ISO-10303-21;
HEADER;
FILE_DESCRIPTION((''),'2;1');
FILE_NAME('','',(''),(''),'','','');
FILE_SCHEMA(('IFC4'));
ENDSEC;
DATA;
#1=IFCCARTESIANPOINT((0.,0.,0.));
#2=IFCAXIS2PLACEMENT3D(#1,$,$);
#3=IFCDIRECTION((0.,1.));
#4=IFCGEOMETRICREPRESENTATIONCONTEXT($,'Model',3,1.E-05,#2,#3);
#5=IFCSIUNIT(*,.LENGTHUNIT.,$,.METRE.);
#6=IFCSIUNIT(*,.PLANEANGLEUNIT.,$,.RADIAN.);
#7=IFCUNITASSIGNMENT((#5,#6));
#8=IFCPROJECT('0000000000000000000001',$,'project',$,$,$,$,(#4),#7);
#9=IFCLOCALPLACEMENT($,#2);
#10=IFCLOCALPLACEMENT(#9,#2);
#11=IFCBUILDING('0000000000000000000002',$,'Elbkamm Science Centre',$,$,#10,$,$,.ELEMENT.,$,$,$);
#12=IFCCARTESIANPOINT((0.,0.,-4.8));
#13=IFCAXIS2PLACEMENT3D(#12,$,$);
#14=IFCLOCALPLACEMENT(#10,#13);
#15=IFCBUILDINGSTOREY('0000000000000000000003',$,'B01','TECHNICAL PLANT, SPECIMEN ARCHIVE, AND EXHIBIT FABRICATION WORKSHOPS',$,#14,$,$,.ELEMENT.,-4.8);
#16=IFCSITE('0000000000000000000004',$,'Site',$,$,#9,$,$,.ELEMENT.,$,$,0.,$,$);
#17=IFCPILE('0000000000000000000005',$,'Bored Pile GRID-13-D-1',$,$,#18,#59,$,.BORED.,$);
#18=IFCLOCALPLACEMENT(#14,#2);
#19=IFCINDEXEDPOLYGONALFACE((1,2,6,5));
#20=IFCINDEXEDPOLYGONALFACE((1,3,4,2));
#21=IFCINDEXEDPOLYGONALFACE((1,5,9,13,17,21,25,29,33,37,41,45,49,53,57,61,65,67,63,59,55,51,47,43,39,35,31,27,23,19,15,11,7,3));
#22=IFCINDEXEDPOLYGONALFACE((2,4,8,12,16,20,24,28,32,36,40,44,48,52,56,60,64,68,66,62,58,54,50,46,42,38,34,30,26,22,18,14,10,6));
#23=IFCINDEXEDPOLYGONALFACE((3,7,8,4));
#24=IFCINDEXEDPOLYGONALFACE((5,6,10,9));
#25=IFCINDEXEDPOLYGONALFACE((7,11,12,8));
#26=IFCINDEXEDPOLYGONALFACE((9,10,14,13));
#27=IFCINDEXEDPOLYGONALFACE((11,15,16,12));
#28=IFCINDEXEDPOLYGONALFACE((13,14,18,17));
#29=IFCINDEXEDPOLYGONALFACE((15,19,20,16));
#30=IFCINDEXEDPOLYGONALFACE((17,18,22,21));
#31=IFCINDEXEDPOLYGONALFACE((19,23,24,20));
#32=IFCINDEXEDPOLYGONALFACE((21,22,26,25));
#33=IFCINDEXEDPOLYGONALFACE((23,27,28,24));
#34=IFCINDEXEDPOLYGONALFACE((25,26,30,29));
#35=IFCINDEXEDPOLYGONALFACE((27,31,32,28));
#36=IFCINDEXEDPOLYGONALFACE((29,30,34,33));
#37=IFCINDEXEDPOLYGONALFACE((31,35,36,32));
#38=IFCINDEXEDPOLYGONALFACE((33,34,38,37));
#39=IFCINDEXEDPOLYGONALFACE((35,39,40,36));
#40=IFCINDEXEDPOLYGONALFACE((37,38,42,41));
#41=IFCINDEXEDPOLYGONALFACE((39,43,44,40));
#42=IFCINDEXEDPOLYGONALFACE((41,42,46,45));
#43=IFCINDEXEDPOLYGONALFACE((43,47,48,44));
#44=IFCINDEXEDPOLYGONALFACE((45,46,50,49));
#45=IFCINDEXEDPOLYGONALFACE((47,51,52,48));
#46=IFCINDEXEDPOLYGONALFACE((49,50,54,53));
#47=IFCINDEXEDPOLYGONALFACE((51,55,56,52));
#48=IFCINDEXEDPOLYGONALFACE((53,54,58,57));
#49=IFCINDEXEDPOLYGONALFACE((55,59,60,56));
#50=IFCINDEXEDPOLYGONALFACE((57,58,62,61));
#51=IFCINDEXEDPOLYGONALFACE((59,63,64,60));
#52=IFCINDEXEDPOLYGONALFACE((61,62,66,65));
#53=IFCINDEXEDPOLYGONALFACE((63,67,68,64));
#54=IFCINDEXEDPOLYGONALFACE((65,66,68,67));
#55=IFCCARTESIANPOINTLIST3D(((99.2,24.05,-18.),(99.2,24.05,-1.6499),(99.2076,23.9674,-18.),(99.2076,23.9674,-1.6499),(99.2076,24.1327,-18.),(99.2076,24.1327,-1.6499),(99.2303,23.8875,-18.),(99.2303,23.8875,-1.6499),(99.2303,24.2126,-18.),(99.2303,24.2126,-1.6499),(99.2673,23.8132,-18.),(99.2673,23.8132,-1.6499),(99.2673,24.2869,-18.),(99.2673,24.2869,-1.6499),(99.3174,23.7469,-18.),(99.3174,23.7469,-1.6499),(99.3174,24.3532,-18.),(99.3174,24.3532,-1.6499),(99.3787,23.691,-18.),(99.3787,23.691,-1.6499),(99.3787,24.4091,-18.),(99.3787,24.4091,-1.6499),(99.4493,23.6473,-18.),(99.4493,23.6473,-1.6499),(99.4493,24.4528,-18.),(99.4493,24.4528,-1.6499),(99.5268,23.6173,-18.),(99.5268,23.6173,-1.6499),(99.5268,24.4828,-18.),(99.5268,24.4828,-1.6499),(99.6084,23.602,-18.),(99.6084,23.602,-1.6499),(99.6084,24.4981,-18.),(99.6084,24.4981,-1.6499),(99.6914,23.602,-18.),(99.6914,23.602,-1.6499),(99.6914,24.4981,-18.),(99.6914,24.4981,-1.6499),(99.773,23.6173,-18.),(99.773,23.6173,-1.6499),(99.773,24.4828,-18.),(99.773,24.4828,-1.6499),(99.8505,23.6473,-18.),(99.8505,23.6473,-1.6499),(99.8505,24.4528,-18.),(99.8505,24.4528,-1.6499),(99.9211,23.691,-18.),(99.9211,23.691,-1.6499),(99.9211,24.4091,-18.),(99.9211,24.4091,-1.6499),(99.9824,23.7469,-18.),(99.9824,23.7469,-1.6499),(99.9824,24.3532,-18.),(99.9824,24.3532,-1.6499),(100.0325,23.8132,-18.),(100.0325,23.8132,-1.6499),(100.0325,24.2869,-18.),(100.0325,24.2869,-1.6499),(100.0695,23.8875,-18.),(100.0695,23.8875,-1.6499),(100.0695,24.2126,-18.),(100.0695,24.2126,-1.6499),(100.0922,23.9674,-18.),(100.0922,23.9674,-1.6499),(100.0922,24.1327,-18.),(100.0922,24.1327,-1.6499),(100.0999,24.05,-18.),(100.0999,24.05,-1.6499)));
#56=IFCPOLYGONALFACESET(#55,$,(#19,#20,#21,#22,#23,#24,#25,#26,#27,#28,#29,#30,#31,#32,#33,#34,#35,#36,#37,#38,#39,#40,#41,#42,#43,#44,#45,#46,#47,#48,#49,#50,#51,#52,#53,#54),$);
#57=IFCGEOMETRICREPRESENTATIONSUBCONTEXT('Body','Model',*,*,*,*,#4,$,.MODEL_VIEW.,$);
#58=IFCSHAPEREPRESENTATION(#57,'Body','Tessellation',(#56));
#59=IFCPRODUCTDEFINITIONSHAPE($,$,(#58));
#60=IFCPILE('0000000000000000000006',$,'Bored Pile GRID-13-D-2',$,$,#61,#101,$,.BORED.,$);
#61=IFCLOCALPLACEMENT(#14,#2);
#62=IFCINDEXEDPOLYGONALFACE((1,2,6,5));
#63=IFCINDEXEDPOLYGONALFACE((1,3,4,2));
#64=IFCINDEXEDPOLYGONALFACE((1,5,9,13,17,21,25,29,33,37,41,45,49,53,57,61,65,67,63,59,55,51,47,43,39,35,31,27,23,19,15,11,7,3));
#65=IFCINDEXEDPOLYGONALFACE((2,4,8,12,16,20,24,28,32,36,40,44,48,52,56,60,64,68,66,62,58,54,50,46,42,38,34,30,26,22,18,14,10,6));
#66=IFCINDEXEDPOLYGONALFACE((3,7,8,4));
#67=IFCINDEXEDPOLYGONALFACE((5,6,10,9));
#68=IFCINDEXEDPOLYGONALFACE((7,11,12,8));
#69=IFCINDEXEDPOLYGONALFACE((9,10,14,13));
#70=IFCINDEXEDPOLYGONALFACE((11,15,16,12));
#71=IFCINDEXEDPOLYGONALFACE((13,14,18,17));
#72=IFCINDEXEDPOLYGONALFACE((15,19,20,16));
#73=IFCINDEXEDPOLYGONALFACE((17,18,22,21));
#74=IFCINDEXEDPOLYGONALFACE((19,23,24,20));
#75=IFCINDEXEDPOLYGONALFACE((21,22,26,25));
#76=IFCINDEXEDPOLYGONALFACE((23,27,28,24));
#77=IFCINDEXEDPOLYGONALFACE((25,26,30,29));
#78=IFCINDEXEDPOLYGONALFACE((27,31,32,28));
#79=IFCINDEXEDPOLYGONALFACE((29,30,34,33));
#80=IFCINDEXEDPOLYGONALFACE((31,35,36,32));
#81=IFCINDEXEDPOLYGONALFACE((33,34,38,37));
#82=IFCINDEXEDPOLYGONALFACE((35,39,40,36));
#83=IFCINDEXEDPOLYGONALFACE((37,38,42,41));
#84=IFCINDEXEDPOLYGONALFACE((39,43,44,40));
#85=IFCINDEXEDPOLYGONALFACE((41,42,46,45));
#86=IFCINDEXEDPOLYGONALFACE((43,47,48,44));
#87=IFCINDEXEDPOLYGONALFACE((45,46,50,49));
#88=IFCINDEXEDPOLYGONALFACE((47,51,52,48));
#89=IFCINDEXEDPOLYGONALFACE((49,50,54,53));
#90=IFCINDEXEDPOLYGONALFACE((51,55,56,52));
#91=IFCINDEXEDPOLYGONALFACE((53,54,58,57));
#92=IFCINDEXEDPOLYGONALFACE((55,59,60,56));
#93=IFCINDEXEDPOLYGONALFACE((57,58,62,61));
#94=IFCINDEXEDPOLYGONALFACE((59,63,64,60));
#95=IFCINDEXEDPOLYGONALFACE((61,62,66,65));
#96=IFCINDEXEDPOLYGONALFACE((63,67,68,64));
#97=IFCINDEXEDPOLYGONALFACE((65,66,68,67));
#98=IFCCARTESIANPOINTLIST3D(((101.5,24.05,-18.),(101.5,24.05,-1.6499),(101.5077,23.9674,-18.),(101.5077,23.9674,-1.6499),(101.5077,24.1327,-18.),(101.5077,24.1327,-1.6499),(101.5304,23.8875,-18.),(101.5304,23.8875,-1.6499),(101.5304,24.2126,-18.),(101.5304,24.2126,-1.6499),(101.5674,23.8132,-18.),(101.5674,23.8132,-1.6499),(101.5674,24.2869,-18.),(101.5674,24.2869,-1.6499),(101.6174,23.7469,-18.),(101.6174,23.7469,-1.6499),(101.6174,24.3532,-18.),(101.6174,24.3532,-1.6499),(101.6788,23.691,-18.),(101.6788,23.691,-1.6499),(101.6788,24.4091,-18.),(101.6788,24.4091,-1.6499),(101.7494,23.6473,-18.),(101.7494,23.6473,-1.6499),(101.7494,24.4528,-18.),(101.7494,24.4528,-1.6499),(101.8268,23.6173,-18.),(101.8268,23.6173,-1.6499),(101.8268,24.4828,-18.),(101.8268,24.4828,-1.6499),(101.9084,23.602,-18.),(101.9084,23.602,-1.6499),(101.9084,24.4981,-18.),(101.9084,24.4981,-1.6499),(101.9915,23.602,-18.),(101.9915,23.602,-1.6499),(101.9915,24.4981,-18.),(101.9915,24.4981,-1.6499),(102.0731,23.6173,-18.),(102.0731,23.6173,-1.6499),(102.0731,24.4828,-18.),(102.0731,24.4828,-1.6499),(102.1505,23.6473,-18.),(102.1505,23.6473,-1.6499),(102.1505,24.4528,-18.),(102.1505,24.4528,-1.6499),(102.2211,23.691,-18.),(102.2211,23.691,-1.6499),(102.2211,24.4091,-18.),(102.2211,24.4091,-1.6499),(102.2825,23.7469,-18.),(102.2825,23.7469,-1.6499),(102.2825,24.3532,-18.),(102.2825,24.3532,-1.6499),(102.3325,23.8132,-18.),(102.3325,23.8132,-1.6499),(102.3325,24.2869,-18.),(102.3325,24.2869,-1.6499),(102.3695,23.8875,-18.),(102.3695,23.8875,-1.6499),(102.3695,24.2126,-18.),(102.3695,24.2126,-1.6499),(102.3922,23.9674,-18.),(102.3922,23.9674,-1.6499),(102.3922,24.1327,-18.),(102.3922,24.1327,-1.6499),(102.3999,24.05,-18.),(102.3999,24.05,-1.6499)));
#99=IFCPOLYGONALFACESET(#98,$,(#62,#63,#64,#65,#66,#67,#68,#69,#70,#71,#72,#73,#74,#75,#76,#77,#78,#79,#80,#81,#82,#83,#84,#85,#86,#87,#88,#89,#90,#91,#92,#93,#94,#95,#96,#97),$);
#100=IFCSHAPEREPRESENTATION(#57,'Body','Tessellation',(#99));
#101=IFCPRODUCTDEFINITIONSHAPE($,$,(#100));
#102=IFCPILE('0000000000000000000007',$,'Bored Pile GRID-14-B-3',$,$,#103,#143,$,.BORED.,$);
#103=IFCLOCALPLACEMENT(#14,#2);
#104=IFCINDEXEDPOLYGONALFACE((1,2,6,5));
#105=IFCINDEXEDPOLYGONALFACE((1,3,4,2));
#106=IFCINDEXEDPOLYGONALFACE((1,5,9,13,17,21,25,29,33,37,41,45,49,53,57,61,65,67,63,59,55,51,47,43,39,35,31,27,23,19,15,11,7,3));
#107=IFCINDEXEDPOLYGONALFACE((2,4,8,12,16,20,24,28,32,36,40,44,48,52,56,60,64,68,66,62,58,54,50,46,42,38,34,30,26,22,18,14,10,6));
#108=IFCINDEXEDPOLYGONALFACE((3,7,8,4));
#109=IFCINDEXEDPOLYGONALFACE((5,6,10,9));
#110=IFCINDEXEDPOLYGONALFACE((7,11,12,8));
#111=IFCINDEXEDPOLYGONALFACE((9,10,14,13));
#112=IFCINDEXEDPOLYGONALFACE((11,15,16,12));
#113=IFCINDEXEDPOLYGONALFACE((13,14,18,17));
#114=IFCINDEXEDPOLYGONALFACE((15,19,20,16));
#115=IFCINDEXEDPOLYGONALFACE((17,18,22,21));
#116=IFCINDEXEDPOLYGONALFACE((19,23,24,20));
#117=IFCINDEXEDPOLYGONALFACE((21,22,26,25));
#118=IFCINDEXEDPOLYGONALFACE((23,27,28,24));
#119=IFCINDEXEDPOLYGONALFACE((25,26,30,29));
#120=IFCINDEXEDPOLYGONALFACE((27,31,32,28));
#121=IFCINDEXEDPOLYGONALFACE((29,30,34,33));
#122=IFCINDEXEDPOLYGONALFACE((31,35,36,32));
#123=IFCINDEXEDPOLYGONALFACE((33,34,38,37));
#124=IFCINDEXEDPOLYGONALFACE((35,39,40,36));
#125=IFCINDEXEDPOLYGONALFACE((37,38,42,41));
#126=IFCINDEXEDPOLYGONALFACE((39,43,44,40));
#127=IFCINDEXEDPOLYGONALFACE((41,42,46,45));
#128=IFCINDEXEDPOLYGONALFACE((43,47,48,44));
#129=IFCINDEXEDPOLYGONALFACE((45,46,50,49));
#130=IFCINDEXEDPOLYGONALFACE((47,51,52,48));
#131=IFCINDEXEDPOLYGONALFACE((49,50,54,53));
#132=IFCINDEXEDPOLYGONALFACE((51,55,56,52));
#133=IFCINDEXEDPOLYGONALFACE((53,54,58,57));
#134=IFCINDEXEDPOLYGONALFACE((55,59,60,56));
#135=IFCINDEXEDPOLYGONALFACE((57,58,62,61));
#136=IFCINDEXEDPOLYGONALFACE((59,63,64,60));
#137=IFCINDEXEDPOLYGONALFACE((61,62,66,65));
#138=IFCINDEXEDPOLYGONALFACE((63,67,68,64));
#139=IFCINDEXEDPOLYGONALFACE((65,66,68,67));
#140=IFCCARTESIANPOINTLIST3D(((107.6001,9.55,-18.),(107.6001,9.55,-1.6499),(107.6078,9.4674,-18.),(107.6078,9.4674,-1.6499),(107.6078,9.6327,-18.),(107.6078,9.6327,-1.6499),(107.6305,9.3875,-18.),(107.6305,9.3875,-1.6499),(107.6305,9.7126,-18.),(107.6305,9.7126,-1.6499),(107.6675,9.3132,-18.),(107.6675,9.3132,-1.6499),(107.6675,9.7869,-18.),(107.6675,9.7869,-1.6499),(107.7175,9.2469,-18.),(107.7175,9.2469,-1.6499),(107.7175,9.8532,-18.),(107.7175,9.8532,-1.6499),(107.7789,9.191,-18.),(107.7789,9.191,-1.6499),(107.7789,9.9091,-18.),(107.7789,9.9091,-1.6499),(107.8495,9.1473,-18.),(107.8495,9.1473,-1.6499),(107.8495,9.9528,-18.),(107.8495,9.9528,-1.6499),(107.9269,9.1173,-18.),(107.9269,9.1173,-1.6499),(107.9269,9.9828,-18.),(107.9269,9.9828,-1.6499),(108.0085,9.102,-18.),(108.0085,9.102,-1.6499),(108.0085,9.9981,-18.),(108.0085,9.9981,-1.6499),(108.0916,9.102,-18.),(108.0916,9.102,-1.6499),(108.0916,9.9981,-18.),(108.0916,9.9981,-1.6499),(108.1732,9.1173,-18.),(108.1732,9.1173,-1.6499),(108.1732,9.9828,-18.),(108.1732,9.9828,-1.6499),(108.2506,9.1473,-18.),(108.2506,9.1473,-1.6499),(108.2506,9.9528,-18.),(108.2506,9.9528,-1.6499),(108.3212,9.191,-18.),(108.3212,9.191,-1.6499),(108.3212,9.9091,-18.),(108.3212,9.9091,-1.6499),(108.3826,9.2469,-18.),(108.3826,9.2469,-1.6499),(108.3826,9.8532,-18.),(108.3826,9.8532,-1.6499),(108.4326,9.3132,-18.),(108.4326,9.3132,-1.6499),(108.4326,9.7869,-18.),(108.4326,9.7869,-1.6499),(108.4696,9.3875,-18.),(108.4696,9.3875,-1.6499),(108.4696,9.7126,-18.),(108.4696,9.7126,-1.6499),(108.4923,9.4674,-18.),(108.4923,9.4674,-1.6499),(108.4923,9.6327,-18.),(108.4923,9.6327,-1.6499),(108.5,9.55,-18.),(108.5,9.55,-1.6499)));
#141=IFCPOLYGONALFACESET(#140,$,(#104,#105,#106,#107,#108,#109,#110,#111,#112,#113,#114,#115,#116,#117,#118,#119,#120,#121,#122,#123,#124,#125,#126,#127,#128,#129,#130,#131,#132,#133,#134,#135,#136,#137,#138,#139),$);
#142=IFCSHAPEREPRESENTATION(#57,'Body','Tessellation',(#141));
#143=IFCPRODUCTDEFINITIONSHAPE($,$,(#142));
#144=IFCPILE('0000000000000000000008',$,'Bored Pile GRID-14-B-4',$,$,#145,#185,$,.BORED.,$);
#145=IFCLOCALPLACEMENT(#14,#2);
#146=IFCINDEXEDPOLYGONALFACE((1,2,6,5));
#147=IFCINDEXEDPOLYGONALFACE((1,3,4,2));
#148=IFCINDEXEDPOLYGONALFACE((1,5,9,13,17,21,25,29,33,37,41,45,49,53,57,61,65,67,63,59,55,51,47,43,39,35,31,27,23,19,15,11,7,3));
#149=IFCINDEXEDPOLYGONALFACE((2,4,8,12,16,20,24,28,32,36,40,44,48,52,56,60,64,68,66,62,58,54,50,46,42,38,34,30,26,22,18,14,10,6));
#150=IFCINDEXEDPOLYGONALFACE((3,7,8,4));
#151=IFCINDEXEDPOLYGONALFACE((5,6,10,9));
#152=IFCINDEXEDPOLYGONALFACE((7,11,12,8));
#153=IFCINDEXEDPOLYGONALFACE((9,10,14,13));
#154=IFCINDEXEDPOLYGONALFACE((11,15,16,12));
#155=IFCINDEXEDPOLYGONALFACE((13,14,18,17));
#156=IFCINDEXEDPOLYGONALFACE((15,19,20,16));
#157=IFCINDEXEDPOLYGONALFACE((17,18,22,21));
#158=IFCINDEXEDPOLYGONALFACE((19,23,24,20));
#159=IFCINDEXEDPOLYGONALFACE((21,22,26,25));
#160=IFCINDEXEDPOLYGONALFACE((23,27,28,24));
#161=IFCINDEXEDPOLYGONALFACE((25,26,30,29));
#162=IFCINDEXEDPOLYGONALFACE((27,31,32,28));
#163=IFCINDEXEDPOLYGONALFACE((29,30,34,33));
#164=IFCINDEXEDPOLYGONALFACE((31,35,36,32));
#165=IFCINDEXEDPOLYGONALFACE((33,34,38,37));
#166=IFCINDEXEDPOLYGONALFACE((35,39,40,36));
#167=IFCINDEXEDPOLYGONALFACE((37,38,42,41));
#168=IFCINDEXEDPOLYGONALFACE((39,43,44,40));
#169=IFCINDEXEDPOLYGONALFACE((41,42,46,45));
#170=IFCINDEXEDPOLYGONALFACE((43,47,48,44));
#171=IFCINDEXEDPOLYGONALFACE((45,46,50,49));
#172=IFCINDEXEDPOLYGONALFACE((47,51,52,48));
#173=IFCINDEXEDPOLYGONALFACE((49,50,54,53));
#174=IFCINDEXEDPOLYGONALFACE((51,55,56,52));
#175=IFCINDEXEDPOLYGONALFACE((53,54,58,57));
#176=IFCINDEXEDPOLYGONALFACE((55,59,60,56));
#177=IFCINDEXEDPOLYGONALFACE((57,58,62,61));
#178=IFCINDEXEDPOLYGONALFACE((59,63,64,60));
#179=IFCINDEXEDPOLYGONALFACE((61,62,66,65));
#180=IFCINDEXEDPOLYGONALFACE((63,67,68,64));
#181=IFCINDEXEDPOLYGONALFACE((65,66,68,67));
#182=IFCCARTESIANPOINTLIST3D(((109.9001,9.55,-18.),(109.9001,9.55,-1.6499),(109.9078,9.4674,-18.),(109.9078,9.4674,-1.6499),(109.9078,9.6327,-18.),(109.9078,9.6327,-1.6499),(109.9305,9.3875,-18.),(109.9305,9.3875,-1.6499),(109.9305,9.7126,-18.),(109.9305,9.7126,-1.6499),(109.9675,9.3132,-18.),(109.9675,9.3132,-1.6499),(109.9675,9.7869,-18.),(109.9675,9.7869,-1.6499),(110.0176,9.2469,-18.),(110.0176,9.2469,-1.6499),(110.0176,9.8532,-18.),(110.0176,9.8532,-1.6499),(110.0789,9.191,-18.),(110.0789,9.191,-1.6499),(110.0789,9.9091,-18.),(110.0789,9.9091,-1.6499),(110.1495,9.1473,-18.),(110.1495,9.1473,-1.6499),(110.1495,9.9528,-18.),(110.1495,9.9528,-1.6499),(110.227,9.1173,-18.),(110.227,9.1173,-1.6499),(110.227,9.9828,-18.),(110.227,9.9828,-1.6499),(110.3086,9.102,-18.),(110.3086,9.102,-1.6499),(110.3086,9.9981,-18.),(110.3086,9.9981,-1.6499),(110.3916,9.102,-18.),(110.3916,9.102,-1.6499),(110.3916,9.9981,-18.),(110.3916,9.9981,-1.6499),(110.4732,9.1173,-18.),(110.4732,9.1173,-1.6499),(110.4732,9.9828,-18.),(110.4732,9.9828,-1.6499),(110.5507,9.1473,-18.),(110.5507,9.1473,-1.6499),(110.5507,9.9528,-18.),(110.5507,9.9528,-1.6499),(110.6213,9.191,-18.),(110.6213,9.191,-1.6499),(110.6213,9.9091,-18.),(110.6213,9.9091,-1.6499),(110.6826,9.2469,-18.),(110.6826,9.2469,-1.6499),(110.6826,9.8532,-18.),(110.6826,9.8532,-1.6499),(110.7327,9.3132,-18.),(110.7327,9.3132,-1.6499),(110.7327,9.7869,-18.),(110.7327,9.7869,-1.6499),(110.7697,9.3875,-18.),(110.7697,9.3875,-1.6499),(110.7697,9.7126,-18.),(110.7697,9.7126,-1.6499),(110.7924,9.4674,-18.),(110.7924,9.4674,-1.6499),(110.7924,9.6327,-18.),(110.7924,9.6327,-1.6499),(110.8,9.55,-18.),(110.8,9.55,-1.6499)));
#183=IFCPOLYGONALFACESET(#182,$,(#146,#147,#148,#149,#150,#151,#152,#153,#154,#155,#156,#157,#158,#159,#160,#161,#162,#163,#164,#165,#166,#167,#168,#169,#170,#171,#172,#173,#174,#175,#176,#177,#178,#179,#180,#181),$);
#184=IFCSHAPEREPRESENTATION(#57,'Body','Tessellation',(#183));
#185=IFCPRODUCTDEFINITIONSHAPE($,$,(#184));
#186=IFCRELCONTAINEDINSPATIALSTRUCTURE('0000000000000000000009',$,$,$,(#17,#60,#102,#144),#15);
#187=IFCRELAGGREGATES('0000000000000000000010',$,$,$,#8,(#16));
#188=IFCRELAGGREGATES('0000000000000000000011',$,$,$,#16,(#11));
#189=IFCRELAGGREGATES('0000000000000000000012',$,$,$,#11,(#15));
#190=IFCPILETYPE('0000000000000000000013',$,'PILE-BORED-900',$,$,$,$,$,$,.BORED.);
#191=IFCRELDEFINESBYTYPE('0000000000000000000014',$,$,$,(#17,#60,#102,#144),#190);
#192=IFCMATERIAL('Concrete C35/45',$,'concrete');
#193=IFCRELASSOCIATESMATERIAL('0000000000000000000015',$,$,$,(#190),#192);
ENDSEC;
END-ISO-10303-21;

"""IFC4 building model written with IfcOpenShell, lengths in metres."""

from ifc_helpers import new_model, si_unit, direction, frame, origin, origin_2d, place, context, subcontext, project, spatial, circle, extrude, material, material_profile, profile_set, type_object, element, save


model = new_model("IFC4")

# Units and contexts
model_context = context("Model", 3, precision=1e-05, world=origin(), true_north=direction((0.0, 1.0)))
body_context = subcontext(model_context, "Body", "Model", "MODEL_VIEW")
ifc_project = project(units=[si_unit("LENGTHUNIT", "METRE"), si_unit("PLANEANGLEUNIT", "RADIAN")], contexts=[model_context])

# Site, building, storey
site_placement = place(None, origin())
site = spatial("IfcSite", under=ifc_project, at=site_placement, Name="Site", CompositionType="ELEMENT", RefElevation=0.0)
building_placement = place(site_placement, origin())
building = spatial("IfcBuilding", under=site, at=building_placement, Name="Elbkamm Science Centre", CompositionType="ELEMENT")
storey_placement = place(building_placement, frame((0.0, 0.0, -4.8)))
storey = spatial("IfcBuildingStorey", under=building, at=storey_placement, Name="B01", Description="TECHNICAL PLANT, SPECIMEN ARCHIVE, AND EXHIBIT FABRICATION WORKSHOPS", CompositionType="ELEMENT", Elevation=-4.8)

# Shared definitions
ifc_material_1 = material(Name="Concrete C35/45", Category="concrete")

# Piles
ifc_material_profile_1 = material_profile(ifc_material_1, circle(Radius=0.45, at=origin_2d()), Name="PILE D900")
ifc_profile_set_1 = profile_set([ifc_material_profile_1], Name="Concrete C35/45")
pile_type = type_object("IfcPileType", Name="PILE-BORED-900", PredefinedType="BORED", material=ifc_profile_set_1)
for number, where, z_axis, x_axis, name in (
    (1, (99.6499, 24.05, -1.6499), (0.0, 0.0, -1.0), (1.0, 0.0, 0.0), "Bored Pile GRID-13-D-1"),
    (2, (101.95, 24.05, -1.6499), (0.0, 0.0, -1.0), (1.0, 0.0, 0.0), "Bored Pile GRID-13-D-2"),
    (3, (108.05, 9.55, -1.6499), (0.0, 0.0, -1.0), (1.0, 0.0, 0.0), "Bored Pile GRID-14-B-3"),
    (4, (110.3501, 9.55, -1.6499), (0.0, 0.0, -1.0), (1.0, 0.0, 0.0), "Bored Pile GRID-14-B-4"),
):
    element("IfcPile", number, at=place(storey_placement, frame(where, z_axis=z_axis, x_axis=x_axis)), inside=storey, type_object=pile_type, Name=name, PredefinedType="BORED", context=body_context, shape_type="SweptSolid", body=[
        extrude(circle(Radius=0.45, at=origin_2d()), origin(), (0.0, 0.0, 1.0), 16.3501),
    ])

save(model, "model.ifc")
